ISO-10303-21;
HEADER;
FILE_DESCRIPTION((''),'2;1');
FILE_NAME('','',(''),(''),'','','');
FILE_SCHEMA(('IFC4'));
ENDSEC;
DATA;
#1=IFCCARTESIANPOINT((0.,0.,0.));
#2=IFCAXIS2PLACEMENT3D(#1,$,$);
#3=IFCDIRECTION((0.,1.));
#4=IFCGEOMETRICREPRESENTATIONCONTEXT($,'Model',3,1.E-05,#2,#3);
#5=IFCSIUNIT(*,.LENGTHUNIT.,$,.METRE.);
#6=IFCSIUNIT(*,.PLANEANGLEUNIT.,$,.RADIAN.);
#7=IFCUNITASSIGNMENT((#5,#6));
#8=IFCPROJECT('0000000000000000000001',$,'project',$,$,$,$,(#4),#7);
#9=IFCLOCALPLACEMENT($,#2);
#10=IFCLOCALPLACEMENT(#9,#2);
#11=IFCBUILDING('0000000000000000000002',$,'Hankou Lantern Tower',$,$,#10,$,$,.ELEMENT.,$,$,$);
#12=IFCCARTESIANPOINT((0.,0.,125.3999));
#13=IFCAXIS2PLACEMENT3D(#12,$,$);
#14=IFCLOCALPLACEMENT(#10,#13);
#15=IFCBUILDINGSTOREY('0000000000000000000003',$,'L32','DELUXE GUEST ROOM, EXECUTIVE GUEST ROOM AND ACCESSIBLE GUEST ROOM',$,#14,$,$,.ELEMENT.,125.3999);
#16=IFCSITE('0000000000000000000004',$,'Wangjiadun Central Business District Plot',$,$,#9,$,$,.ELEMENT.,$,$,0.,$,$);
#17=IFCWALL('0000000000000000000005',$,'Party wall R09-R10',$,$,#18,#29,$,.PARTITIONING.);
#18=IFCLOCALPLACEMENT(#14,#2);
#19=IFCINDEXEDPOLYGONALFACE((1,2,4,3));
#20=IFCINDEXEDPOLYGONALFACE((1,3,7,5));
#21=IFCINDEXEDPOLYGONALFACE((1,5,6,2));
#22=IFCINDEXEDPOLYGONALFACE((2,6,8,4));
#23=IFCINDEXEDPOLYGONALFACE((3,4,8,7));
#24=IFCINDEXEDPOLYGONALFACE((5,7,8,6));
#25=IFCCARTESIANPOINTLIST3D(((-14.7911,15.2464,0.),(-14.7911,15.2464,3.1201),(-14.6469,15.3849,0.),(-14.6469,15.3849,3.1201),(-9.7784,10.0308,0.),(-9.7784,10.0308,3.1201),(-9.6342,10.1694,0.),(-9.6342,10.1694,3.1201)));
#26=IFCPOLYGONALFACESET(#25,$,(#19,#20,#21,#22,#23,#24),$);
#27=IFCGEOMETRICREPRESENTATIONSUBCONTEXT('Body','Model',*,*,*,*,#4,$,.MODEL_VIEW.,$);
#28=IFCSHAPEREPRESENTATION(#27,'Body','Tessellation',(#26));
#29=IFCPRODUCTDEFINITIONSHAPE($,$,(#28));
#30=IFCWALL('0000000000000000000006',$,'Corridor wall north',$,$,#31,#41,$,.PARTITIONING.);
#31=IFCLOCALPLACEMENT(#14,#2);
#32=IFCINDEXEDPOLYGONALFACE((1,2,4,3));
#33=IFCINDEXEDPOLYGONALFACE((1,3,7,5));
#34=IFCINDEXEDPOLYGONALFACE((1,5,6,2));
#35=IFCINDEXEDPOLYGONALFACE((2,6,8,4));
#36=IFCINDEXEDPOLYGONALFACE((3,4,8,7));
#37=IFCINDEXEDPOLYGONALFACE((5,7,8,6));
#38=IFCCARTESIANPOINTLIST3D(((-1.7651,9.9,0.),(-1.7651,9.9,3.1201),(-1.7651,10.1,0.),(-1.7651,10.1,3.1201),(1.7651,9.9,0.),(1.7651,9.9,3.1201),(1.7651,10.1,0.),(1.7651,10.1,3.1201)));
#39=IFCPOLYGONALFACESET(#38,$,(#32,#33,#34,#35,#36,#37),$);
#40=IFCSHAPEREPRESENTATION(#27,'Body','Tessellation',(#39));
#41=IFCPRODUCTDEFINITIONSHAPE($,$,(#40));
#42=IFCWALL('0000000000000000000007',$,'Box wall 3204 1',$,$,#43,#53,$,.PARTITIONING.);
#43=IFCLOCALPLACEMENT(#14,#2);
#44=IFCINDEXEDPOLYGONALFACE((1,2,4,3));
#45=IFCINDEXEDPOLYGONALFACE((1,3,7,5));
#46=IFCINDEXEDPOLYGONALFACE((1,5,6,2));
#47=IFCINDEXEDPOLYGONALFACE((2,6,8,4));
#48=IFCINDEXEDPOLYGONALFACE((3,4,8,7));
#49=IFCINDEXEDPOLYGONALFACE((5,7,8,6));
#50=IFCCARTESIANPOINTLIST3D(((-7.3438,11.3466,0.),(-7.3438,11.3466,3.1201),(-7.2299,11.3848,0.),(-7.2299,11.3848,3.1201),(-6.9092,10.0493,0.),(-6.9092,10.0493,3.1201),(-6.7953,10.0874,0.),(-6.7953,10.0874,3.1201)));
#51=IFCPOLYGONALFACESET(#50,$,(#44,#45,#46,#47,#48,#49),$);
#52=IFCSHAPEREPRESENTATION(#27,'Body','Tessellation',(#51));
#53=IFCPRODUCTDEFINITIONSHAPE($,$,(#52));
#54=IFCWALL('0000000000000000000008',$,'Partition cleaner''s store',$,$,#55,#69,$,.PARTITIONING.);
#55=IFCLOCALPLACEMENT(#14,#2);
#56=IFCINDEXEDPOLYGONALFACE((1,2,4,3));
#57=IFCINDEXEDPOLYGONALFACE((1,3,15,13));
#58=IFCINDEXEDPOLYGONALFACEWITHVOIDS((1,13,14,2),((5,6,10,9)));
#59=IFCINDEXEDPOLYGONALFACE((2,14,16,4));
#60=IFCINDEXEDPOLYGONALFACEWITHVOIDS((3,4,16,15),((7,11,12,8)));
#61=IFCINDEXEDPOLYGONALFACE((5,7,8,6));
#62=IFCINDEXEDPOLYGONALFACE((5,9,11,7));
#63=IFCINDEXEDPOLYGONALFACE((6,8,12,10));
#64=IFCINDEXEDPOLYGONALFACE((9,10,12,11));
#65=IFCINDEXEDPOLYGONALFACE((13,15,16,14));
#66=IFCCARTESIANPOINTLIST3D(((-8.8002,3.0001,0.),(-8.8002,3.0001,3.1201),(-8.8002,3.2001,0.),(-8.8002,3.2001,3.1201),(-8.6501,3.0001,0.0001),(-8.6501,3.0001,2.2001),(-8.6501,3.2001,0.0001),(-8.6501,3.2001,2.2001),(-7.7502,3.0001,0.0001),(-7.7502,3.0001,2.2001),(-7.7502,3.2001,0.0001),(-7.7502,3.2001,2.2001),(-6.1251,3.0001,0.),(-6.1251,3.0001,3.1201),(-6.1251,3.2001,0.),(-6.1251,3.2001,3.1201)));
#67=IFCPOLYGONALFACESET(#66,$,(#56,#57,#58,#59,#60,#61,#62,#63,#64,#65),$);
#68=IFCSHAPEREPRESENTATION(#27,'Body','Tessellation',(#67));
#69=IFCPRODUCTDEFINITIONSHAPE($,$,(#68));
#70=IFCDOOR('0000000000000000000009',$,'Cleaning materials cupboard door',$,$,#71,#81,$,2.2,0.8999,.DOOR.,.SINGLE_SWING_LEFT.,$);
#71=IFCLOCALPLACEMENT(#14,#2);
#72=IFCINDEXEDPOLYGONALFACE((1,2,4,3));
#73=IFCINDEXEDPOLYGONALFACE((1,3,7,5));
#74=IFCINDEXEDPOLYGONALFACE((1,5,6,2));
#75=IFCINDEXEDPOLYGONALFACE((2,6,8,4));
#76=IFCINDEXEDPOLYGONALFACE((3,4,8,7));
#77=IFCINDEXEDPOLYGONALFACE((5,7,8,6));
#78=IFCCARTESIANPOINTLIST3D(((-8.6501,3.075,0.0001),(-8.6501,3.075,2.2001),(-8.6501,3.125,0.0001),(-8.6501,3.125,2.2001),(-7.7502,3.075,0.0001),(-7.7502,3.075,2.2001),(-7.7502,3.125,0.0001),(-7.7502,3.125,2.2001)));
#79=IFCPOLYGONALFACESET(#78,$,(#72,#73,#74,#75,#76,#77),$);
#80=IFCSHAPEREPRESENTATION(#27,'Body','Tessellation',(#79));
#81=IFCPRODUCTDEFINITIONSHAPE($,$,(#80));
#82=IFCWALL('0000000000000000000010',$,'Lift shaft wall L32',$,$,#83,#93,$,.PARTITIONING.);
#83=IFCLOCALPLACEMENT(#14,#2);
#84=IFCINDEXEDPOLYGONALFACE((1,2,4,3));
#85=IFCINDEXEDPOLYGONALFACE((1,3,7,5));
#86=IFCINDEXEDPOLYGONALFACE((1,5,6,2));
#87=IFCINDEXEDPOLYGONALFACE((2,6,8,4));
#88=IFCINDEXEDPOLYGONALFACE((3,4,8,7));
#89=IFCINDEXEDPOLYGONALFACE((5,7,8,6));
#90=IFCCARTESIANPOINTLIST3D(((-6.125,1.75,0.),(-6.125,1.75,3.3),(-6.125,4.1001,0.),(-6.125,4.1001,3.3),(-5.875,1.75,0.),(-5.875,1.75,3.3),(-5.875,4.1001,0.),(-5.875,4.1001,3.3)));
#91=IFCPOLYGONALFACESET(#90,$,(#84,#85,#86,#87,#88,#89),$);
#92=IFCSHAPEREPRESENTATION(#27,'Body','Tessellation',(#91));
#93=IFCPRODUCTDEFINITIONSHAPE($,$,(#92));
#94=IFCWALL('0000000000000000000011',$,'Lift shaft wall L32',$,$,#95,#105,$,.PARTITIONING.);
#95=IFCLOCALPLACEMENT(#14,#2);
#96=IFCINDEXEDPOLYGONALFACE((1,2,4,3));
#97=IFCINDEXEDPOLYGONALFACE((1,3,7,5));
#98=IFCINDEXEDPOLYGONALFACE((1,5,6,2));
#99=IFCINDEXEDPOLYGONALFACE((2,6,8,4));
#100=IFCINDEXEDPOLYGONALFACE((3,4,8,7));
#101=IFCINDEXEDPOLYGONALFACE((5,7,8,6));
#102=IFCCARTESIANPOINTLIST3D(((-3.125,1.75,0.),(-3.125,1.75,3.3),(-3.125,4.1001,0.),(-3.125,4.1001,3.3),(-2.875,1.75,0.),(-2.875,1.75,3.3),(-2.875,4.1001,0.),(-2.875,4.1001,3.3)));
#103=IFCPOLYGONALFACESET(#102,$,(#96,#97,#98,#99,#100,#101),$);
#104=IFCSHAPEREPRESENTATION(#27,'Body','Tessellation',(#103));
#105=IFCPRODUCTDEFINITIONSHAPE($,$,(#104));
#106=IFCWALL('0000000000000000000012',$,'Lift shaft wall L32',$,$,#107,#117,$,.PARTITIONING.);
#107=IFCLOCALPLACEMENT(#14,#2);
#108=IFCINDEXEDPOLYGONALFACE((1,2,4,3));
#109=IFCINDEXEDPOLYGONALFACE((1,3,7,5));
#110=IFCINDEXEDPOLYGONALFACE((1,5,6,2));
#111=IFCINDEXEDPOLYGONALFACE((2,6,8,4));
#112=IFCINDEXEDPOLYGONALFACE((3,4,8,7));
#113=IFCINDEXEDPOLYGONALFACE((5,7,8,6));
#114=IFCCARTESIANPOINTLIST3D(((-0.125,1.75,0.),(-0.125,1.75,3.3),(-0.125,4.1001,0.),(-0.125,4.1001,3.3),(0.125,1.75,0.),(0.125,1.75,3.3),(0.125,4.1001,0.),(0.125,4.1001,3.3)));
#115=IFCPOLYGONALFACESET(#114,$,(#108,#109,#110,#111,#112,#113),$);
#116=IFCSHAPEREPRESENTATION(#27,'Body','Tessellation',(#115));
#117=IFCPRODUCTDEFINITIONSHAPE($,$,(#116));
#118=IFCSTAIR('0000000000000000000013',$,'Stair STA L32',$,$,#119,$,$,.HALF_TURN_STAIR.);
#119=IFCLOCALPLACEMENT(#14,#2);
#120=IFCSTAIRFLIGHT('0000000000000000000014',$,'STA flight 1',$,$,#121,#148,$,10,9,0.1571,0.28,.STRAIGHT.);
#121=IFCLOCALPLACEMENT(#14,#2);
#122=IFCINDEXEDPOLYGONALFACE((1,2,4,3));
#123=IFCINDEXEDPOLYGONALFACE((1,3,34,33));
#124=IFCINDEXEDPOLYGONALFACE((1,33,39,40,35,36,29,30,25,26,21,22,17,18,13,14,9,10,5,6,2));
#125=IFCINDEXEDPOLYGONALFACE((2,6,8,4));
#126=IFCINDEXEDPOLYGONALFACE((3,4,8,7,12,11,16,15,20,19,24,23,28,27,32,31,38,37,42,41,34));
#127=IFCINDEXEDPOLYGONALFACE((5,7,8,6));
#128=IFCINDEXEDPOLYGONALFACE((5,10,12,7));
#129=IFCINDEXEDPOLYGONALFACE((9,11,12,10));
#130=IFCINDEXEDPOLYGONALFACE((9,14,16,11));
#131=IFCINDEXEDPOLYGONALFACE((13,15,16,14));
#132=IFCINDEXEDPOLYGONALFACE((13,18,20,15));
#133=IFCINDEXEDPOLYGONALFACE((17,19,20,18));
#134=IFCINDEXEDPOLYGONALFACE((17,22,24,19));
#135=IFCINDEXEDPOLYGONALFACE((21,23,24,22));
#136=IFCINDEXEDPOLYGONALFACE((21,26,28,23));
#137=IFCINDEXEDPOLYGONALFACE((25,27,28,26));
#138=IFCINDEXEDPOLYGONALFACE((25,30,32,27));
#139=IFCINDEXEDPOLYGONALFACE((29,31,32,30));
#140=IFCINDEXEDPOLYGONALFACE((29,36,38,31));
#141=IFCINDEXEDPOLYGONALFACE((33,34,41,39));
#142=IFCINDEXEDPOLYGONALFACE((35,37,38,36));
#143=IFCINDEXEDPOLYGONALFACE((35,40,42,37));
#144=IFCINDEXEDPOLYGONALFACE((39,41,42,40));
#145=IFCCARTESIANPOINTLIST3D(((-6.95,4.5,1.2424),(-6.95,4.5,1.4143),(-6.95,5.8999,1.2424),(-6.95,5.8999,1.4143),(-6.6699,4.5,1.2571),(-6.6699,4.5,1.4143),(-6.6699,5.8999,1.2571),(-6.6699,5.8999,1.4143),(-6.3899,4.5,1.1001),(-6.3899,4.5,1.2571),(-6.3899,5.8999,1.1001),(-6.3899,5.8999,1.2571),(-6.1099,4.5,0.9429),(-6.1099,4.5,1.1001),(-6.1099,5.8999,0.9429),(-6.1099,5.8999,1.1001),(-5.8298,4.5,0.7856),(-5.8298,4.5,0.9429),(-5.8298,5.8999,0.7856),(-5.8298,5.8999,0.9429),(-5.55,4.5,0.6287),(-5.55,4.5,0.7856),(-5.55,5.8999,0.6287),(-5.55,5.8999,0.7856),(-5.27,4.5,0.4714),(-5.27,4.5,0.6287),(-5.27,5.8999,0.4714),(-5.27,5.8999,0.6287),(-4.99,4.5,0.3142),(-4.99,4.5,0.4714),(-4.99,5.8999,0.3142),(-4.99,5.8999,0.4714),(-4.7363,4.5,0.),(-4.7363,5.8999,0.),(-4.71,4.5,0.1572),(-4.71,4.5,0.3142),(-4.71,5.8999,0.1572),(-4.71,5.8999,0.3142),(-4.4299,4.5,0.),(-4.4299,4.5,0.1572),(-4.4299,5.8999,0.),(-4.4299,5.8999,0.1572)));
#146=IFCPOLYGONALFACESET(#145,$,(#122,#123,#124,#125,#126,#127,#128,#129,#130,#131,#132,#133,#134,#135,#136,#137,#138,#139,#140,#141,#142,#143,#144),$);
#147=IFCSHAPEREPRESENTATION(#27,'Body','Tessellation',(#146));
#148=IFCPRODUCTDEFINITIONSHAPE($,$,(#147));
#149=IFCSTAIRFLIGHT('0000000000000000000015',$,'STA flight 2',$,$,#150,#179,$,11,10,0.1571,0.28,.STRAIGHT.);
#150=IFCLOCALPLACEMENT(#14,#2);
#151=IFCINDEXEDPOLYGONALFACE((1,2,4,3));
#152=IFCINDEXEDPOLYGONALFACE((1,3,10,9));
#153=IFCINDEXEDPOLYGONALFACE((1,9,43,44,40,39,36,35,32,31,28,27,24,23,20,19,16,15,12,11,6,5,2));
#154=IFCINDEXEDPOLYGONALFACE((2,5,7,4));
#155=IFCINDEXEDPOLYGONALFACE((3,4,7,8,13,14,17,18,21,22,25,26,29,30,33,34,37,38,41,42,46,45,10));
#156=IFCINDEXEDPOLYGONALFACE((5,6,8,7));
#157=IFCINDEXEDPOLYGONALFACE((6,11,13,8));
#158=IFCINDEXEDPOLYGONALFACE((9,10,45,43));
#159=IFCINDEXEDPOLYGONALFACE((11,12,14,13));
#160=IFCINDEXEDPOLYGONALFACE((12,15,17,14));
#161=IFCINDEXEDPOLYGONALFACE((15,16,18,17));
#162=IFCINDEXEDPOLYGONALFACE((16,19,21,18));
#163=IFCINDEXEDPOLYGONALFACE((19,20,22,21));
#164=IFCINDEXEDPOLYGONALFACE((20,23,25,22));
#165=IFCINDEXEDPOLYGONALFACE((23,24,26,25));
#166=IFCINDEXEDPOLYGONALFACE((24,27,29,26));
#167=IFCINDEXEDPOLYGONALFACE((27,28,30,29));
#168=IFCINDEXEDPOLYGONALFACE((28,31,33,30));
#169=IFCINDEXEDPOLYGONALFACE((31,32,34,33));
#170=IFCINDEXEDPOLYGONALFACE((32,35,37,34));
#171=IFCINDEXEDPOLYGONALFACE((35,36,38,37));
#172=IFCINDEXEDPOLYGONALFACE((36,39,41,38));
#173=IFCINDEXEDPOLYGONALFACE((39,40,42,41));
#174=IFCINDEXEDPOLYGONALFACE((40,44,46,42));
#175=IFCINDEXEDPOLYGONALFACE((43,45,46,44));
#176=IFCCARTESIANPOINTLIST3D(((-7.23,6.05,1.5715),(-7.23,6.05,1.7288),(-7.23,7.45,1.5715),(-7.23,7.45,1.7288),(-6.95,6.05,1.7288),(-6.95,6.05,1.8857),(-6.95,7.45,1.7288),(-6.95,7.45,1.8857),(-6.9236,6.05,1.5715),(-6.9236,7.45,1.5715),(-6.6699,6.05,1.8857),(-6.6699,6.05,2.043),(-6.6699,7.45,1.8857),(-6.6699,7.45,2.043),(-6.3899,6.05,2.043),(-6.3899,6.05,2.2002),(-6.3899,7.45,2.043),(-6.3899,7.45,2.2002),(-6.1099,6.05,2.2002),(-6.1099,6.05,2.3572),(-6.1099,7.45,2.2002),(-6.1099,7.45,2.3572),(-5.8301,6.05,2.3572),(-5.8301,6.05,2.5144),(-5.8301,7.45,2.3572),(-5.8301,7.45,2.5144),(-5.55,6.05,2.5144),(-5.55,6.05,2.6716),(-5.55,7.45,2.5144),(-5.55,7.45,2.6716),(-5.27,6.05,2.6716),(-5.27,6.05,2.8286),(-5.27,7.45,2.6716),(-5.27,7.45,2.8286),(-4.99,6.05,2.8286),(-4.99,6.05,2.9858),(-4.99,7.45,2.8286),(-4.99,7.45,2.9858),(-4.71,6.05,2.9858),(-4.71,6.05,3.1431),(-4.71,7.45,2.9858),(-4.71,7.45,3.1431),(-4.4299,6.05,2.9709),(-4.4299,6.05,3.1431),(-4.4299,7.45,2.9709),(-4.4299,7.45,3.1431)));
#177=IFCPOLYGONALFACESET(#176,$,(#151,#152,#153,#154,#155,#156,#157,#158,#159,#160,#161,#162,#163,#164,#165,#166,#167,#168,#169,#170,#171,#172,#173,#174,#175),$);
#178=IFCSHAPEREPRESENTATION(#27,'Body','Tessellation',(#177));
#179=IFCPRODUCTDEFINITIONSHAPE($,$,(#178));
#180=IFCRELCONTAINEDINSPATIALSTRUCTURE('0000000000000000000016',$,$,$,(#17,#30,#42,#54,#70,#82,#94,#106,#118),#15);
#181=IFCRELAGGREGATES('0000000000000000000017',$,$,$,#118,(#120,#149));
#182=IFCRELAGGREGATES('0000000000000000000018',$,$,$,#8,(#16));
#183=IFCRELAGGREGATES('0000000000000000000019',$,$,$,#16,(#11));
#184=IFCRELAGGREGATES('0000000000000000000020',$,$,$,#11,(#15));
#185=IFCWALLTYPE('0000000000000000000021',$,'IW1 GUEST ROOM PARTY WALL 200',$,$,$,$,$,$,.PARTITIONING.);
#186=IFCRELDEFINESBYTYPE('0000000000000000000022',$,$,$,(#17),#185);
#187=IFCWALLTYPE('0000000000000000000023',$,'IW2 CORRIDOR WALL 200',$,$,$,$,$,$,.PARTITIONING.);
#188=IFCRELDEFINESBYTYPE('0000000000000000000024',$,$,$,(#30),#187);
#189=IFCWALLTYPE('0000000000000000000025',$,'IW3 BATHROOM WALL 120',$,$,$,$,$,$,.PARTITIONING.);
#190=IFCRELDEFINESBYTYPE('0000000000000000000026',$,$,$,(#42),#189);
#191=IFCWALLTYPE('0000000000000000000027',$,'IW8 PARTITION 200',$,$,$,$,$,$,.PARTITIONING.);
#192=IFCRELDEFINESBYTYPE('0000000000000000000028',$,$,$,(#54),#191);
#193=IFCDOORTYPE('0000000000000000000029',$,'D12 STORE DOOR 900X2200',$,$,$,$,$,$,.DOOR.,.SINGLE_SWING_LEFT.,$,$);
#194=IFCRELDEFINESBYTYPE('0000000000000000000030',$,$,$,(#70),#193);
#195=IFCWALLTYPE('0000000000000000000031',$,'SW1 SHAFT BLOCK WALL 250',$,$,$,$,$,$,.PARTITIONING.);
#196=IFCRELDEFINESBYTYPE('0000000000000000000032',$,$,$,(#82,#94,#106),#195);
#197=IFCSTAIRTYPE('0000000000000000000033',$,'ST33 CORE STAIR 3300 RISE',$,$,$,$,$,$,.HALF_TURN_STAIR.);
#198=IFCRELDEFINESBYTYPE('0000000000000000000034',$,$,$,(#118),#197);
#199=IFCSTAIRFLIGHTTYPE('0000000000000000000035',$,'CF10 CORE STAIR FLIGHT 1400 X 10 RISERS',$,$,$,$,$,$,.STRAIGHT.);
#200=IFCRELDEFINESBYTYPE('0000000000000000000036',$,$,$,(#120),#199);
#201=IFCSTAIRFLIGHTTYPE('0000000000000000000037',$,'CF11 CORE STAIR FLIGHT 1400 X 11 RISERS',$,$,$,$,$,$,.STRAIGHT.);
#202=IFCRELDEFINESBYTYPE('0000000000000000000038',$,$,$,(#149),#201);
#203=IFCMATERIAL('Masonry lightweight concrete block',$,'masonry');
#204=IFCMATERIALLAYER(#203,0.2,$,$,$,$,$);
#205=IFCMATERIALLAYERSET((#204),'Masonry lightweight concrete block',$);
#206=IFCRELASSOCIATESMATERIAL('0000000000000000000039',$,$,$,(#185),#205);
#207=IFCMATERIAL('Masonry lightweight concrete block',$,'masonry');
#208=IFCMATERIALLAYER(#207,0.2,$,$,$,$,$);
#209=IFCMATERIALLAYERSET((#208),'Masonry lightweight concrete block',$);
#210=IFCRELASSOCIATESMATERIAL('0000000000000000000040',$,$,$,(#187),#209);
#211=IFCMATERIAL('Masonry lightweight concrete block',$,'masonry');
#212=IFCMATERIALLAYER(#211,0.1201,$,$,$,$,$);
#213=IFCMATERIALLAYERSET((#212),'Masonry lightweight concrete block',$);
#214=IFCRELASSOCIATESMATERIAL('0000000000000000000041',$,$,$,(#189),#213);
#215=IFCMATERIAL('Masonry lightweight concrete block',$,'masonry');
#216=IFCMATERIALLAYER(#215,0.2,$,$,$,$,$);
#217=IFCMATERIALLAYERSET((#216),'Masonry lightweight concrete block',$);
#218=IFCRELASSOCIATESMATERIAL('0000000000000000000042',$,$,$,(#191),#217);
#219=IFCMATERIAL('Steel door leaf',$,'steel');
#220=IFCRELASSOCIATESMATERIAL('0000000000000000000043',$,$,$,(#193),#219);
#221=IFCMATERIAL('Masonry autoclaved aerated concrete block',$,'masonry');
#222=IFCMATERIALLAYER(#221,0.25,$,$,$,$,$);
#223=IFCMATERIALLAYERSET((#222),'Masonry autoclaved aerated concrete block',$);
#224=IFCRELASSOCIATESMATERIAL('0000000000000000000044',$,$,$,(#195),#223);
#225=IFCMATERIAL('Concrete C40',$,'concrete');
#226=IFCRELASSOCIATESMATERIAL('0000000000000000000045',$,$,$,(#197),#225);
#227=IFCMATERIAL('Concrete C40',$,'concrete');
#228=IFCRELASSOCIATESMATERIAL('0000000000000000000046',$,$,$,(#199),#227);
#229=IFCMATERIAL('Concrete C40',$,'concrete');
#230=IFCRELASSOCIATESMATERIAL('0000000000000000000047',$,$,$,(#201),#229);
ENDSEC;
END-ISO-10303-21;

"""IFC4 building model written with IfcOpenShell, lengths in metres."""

from ifc_helpers import new_model, si_unit, direction, frame, frame_2d, origin, place, context, subcontext, project, spatial, polyline, rectangle, outline, extrude, material, layer, layer_set, type_object, element, fill, aggregate, save


model = new_model("IFC4")

# Units and contexts
model_context = context("Model", 3, precision=1e-05, world=origin(), true_north=direction((0.0, 1.0)))
body_context = subcontext(model_context, "Body", "Model", "MODEL_VIEW")
ifc_project = project(units=[si_unit("LENGTHUNIT", "METRE"), si_unit("PLANEANGLEUNIT", "RADIAN")], contexts=[model_context])

# Site, building, storey
site_placement = place(None, origin())
site = spatial("IfcSite", under=ifc_project, at=site_placement, Name="Wangjiadun Central Business District Plot", CompositionType="ELEMENT", RefElevation=0.0)
building_placement = place(site_placement, origin())
building = spatial("IfcBuilding", under=site, at=building_placement, Name="Hankou Lantern Tower", CompositionType="ELEMENT")
storey_placement = place(building_placement, frame((0.0, 0.0, 125.3999)))
storey = spatial("IfcBuildingStorey", under=building, at=storey_placement, Name="L32", Description="DELUXE GUEST ROOM, EXECUTIVE GUEST ROOM AND ACCESSIBLE GUEST ROOM", CompositionType="ELEMENT", Elevation=125.3999)

# Walls
ifc_material_1 = material(Name="Masonry lightweight concrete block", Category="masonry")
ifc_layer_1 = layer(ifc_material_1, 0.2)
ifc_layer_set_1 = layer_set([ifc_layer_1], Name="Masonry lightweight concrete block")
wall_type_1 = type_object("IfcWallType", Name="IW1 GUEST ROOM PARTY WALL 200", PredefinedType="PARTITIONING", material=ifc_layer_set_1)
wall_1_placement = place(storey_placement, frame((-9.7063, 10.1001, 0.0), z_axis=(0.0, 0.0, 1.0), x_axis=(-0.692945, 0.720991, 0.0)))
element("IfcWall", 1, at=wall_1_placement, inside=storey, type_object=wall_type_1, Name="Party wall R09-R10", PredefinedType="PARTITIONING", context=body_context, shape_type="SweptSolid", body=[
    extrude(rectangle(XDim=7.2339, YDim=0.2, at=frame_2d((3.6169, 0.0))), origin(), (0.0, 0.0, 1.0), 3.1201),
])
ifc_material_2 = material(Name="Masonry lightweight concrete block", Category="masonry")
ifc_layer_2 = layer(ifc_material_2, 0.2)
ifc_layer_set_2 = layer_set([ifc_layer_2], Name="Masonry lightweight concrete block")
wall_type_2 = type_object("IfcWallType", Name="IW2 CORRIDOR WALL 200", PredefinedType="PARTITIONING", material=ifc_layer_set_2)
wall_2_placement = place(storey_placement, frame((-1.7651, 10.0, 0.0), z_axis=(0.0, 0.0, 1.0), x_axis=(1.0, 0.0, 0.0)))
element("IfcWall", 2, at=wall_2_placement, inside=storey, type_object=wall_type_2, Name="Corridor wall north", PredefinedType="PARTITIONING", context=body_context, shape_type="SweptSolid", body=[
    extrude(rectangle(XDim=3.5303, YDim=0.2, at=frame_2d((1.7651, 0.0))), origin(), (0.0, 0.0, 1.0), 3.1201),
])
ifc_material_3 = material(Name="Masonry lightweight concrete block", Category="masonry")
ifc_layer_3 = layer(ifc_material_3, 0.1201)
ifc_layer_set_3 = layer_set([ifc_layer_3], Name="Masonry lightweight concrete block")
wall_type_3 = type_object("IfcWallType", Name="IW3 BATHROOM WALL 120", PredefinedType="PARTITIONING", material=ifc_layer_set_3)
wall_3_placement = place(storey_placement, frame((-6.8523, 10.0684, 0.0), z_axis=(0.0, 0.0, 1.0), x_axis=(-0.317619, 0.948218, 0.0)))
element("IfcWall", 3, at=wall_3_placement, inside=storey, type_object=wall_type_3, Name="Box wall 3204 1", PredefinedType="PARTITIONING", context=body_context, shape_type="SweptSolid", body=[
    extrude(rectangle(XDim=1.3682, YDim=0.1201, at=frame_2d((0.6841, 0.0))), origin(), (0.0, 0.0, 1.0), 3.1201),
])

# Wall, opening, door
ifc_material_4 = material(Name="Masonry lightweight concrete block", Category="masonry")
ifc_layer_4 = layer(ifc_material_4, 0.2)
ifc_layer_set_4 = layer_set([ifc_layer_4], Name="Masonry lightweight concrete block")
wall_type_4 = type_object("IfcWallType", Name="IW8 PARTITION 200", PredefinedType="PARTITIONING", material=ifc_layer_set_4)
wall_4_placement = place(storey_placement, frame((-8.8, 3.1001, 0.0), z_axis=(0.0, 0.0, 1.0), x_axis=(1.0, 0.0, 0.0)))
wall_4 = element("IfcWall", 4, at=wall_4_placement, inside=storey, type_object=wall_type_4, Name="Partition cleaner's store", PredefinedType="PARTITIONING", context=body_context, shape_type="SweptSolid", body=[
    extrude(rectangle(XDim=2.675, YDim=0.2, at=frame_2d((1.3374, 0.0))), origin(), (0.0, 0.0, 1.0), 3.1201),
])
opening_1_placement = place(wall_4_placement, frame((0.1499, 0.0, 0.0)))
opening_1 = element("IfcOpeningElement", 5, at=opening_1_placement, cuts=wall_4, PredefinedType="OPENING", context=body_context, shape_type="SweptSolid", body=[
    extrude(rectangle(XDim=0.8999, YDim=2.2, at=frame_2d((0.45, 1.1001))), frame((0.0, 0.1099, 0.0), z_axis=(0.0, -1.0, 0.0), x_axis=(1.0, 0.0, 0.0)), (0.0, 0.0, 1.0), 0.22),
])
ifc_material_5 = material(Name="Steel door leaf", Category="steel")
door_type_1 = type_object("IfcDoorType", Name="D12 STORE DOOR 900X2200", OperationType="SINGLE_SWING_LEFT", PredefinedType="DOOR", material=ifc_material_5)
door_1_placement = place(opening_1_placement, origin())
door_1 = element("IfcDoor", 6, at=door_1_placement, inside=storey, type_object=door_type_1, Name="Cleaning materials cupboard door", OperationType="SINGLE_SWING_LEFT", OverallHeight=2.2, OverallWidth=0.8999, PredefinedType="DOOR", context=body_context, shape_type="SweptSolid", body=[
    extrude(rectangle(XDim=0.8999, YDim=2.2, at=frame_2d((0.45, 1.1001))), frame((0.0, 0.0249, 0.0), z_axis=(0.0, -1.0, 0.0), x_axis=(1.0, 0.0, 0.0)), (0.0, 0.0, 1.0), 0.05),
])
fill(opening_1, door_1)

# Walls
ifc_material_6 = material(Name="Masonry autoclaved aerated concrete block", Category="masonry")
ifc_layer_5 = layer(ifc_material_6, 0.25)
ifc_layer_set_5 = layer_set([ifc_layer_5], Name="Masonry autoclaved aerated concrete block")
wall_type_5 = type_object("IfcWallType", Name="SW1 SHAFT BLOCK WALL 250", PredefinedType="PARTITIONING", material=ifc_layer_set_5)
for number, where, z_axis, x_axis, name in (
    (7, (-6.0, 1.75, 0.0), (0.0, 0.0, 1.0), (0.0, 1.0, 0.0), "Lift shaft wall L32"),
    (8, (-3.0, 1.75, 0.0), (0.0, 0.0, 1.0), (0.0, 1.0, 0.0), "Lift shaft wall L32"),
    (9, (0.0, 1.75, 0.0), (0.0, 0.0, 1.0), (0.0, 1.0, 0.0), "Lift shaft wall L32"),
):
    element("IfcWall", number, at=place(storey_placement, frame(where, z_axis=z_axis, x_axis=x_axis)), inside=storey, type_object=wall_type_5, Name=name, PredefinedType="PARTITIONING", context=body_context, shape_type="SweptSolid", body=[
        extrude(rectangle(XDim=2.3501, YDim=0.25, at=frame_2d((1.175, 0.0))), origin(), (0.0, 0.0, 1.0), 3.3),
    ])

# Stair, stair flights
ifc_material_7 = material(Name="Concrete C40", Category="concrete")
stair_type = type_object("IfcStairType", Name="ST33 CORE STAIR 3300 RISE", PredefinedType="HALF_TURN_STAIR", material=ifc_material_7)
stair_placement = place(storey_placement, origin())
stair = element("IfcStair", 10, at=stair_placement, inside=storey, type_object=stair_type, Name="Stair STA L32", PredefinedType="HALF_TURN_STAIR")
ifc_material_8 = material(Name="Concrete C40", Category="concrete")
stair_flight_type_1 = type_object("IfcStairFlightType", Name="CF10 CORE STAIR FLIGHT 1400 X 10 RISERS", PredefinedType="STRAIGHT", material=ifc_material_8)
stair_flight_1_placement = place(storey_placement, frame((-4.4299, 5.2, 0.0), z_axis=(0.0, 0.0, 1.0), x_axis=(-1.0, 0.0, 0.0)))
stair_flight_1 = element("IfcStairFlight", 11, at=stair_flight_1_placement, type_object=stair_flight_type_1, Name="STA flight 1", NumberOfRisers=10, NumberOfTreads=9, PredefinedType="STRAIGHT", RiserHeight=0.1571, TreadLength=0.28, context=body_context, shape_type="SweptSolid", body=[
    extrude(outline(polyline([(0.0, 0.0), (0.0, 0.1572), (0.28, 0.1572), (0.28, 0.3142), (0.5601, 0.3142), (0.5601, 0.4714), (0.8401, 0.4714), (0.8401, 0.6287), (1.1201, 0.6287), (1.1201, 0.7856), (1.3999, 0.7856), (1.3999, 0.9429), (1.6799, 0.9429), (1.6799, 1.1001), (1.96, 1.1001), (1.96, 1.2571), (2.24, 1.2571), (2.24, 1.4143), (2.52, 1.4143), (2.52, 1.5715), (2.52, 1.2424), (0.3064, 0.0), (0.0, 0.0)])), frame((0.0, 0.7, 0.0), z_axis=(0.0, -1.0, 0.0), x_axis=(1.0, 0.0, 0.0)), (0.0, 0.0, 1.0), 1.3999),
])
ifc_material_9 = material(Name="Concrete C40", Category="concrete")
stair_flight_type_2 = type_object("IfcStairFlightType", Name="CF11 CORE STAIR FLIGHT 1400 X 11 RISERS", PredefinedType="STRAIGHT", material=ifc_material_9)
stair_flight_2_placement = place(storey_placement, frame((-7.23, 6.75, 1.5715), z_axis=(0.0, 0.0, 1.0), x_axis=(1.0, 0.0, 0.0)))
stair_flight_2 = element("IfcStairFlight", 12, at=stair_flight_2_placement, type_object=stair_flight_type_2, Name="STA flight 2", NumberOfRisers=11, NumberOfTreads=10, PredefinedType="STRAIGHT", RiserHeight=0.1571, TreadLength=0.28, context=body_context, shape_type="SweptSolid", body=[
    extrude(outline(polyline([(0.0, 0.0), (0.0, 0.1572), (0.28, 0.1572), (0.28, 0.3142), (0.5601, 0.3142), (0.5601, 0.4714), (0.8401, 0.4714), (0.8401, 0.6287), (1.1201, 0.6287), (1.1201, 0.7856), (1.3999, 0.7856), (1.3999, 0.9429), (1.6799, 0.9429), (1.6799, 1.1001), (1.96, 1.1001), (1.96, 1.2571), (2.24, 1.2571), (2.24, 1.4143), (2.52, 1.4143), (2.52, 1.5715), (2.8, 1.5715), (2.8, 1.7285), (2.8, 1.3994), (0.3064, 0.0), (0.0, 0.0)])), frame((0.0, 0.7, 0.0), z_axis=(0.0, -1.0, 0.0), x_axis=(1.0, 0.0, 0.0)), (0.0, 0.0, 1.0), 1.3999),
])
aggregate(stair, [stair_flight_1, stair_flight_2])

save(model, "model.ifc")
